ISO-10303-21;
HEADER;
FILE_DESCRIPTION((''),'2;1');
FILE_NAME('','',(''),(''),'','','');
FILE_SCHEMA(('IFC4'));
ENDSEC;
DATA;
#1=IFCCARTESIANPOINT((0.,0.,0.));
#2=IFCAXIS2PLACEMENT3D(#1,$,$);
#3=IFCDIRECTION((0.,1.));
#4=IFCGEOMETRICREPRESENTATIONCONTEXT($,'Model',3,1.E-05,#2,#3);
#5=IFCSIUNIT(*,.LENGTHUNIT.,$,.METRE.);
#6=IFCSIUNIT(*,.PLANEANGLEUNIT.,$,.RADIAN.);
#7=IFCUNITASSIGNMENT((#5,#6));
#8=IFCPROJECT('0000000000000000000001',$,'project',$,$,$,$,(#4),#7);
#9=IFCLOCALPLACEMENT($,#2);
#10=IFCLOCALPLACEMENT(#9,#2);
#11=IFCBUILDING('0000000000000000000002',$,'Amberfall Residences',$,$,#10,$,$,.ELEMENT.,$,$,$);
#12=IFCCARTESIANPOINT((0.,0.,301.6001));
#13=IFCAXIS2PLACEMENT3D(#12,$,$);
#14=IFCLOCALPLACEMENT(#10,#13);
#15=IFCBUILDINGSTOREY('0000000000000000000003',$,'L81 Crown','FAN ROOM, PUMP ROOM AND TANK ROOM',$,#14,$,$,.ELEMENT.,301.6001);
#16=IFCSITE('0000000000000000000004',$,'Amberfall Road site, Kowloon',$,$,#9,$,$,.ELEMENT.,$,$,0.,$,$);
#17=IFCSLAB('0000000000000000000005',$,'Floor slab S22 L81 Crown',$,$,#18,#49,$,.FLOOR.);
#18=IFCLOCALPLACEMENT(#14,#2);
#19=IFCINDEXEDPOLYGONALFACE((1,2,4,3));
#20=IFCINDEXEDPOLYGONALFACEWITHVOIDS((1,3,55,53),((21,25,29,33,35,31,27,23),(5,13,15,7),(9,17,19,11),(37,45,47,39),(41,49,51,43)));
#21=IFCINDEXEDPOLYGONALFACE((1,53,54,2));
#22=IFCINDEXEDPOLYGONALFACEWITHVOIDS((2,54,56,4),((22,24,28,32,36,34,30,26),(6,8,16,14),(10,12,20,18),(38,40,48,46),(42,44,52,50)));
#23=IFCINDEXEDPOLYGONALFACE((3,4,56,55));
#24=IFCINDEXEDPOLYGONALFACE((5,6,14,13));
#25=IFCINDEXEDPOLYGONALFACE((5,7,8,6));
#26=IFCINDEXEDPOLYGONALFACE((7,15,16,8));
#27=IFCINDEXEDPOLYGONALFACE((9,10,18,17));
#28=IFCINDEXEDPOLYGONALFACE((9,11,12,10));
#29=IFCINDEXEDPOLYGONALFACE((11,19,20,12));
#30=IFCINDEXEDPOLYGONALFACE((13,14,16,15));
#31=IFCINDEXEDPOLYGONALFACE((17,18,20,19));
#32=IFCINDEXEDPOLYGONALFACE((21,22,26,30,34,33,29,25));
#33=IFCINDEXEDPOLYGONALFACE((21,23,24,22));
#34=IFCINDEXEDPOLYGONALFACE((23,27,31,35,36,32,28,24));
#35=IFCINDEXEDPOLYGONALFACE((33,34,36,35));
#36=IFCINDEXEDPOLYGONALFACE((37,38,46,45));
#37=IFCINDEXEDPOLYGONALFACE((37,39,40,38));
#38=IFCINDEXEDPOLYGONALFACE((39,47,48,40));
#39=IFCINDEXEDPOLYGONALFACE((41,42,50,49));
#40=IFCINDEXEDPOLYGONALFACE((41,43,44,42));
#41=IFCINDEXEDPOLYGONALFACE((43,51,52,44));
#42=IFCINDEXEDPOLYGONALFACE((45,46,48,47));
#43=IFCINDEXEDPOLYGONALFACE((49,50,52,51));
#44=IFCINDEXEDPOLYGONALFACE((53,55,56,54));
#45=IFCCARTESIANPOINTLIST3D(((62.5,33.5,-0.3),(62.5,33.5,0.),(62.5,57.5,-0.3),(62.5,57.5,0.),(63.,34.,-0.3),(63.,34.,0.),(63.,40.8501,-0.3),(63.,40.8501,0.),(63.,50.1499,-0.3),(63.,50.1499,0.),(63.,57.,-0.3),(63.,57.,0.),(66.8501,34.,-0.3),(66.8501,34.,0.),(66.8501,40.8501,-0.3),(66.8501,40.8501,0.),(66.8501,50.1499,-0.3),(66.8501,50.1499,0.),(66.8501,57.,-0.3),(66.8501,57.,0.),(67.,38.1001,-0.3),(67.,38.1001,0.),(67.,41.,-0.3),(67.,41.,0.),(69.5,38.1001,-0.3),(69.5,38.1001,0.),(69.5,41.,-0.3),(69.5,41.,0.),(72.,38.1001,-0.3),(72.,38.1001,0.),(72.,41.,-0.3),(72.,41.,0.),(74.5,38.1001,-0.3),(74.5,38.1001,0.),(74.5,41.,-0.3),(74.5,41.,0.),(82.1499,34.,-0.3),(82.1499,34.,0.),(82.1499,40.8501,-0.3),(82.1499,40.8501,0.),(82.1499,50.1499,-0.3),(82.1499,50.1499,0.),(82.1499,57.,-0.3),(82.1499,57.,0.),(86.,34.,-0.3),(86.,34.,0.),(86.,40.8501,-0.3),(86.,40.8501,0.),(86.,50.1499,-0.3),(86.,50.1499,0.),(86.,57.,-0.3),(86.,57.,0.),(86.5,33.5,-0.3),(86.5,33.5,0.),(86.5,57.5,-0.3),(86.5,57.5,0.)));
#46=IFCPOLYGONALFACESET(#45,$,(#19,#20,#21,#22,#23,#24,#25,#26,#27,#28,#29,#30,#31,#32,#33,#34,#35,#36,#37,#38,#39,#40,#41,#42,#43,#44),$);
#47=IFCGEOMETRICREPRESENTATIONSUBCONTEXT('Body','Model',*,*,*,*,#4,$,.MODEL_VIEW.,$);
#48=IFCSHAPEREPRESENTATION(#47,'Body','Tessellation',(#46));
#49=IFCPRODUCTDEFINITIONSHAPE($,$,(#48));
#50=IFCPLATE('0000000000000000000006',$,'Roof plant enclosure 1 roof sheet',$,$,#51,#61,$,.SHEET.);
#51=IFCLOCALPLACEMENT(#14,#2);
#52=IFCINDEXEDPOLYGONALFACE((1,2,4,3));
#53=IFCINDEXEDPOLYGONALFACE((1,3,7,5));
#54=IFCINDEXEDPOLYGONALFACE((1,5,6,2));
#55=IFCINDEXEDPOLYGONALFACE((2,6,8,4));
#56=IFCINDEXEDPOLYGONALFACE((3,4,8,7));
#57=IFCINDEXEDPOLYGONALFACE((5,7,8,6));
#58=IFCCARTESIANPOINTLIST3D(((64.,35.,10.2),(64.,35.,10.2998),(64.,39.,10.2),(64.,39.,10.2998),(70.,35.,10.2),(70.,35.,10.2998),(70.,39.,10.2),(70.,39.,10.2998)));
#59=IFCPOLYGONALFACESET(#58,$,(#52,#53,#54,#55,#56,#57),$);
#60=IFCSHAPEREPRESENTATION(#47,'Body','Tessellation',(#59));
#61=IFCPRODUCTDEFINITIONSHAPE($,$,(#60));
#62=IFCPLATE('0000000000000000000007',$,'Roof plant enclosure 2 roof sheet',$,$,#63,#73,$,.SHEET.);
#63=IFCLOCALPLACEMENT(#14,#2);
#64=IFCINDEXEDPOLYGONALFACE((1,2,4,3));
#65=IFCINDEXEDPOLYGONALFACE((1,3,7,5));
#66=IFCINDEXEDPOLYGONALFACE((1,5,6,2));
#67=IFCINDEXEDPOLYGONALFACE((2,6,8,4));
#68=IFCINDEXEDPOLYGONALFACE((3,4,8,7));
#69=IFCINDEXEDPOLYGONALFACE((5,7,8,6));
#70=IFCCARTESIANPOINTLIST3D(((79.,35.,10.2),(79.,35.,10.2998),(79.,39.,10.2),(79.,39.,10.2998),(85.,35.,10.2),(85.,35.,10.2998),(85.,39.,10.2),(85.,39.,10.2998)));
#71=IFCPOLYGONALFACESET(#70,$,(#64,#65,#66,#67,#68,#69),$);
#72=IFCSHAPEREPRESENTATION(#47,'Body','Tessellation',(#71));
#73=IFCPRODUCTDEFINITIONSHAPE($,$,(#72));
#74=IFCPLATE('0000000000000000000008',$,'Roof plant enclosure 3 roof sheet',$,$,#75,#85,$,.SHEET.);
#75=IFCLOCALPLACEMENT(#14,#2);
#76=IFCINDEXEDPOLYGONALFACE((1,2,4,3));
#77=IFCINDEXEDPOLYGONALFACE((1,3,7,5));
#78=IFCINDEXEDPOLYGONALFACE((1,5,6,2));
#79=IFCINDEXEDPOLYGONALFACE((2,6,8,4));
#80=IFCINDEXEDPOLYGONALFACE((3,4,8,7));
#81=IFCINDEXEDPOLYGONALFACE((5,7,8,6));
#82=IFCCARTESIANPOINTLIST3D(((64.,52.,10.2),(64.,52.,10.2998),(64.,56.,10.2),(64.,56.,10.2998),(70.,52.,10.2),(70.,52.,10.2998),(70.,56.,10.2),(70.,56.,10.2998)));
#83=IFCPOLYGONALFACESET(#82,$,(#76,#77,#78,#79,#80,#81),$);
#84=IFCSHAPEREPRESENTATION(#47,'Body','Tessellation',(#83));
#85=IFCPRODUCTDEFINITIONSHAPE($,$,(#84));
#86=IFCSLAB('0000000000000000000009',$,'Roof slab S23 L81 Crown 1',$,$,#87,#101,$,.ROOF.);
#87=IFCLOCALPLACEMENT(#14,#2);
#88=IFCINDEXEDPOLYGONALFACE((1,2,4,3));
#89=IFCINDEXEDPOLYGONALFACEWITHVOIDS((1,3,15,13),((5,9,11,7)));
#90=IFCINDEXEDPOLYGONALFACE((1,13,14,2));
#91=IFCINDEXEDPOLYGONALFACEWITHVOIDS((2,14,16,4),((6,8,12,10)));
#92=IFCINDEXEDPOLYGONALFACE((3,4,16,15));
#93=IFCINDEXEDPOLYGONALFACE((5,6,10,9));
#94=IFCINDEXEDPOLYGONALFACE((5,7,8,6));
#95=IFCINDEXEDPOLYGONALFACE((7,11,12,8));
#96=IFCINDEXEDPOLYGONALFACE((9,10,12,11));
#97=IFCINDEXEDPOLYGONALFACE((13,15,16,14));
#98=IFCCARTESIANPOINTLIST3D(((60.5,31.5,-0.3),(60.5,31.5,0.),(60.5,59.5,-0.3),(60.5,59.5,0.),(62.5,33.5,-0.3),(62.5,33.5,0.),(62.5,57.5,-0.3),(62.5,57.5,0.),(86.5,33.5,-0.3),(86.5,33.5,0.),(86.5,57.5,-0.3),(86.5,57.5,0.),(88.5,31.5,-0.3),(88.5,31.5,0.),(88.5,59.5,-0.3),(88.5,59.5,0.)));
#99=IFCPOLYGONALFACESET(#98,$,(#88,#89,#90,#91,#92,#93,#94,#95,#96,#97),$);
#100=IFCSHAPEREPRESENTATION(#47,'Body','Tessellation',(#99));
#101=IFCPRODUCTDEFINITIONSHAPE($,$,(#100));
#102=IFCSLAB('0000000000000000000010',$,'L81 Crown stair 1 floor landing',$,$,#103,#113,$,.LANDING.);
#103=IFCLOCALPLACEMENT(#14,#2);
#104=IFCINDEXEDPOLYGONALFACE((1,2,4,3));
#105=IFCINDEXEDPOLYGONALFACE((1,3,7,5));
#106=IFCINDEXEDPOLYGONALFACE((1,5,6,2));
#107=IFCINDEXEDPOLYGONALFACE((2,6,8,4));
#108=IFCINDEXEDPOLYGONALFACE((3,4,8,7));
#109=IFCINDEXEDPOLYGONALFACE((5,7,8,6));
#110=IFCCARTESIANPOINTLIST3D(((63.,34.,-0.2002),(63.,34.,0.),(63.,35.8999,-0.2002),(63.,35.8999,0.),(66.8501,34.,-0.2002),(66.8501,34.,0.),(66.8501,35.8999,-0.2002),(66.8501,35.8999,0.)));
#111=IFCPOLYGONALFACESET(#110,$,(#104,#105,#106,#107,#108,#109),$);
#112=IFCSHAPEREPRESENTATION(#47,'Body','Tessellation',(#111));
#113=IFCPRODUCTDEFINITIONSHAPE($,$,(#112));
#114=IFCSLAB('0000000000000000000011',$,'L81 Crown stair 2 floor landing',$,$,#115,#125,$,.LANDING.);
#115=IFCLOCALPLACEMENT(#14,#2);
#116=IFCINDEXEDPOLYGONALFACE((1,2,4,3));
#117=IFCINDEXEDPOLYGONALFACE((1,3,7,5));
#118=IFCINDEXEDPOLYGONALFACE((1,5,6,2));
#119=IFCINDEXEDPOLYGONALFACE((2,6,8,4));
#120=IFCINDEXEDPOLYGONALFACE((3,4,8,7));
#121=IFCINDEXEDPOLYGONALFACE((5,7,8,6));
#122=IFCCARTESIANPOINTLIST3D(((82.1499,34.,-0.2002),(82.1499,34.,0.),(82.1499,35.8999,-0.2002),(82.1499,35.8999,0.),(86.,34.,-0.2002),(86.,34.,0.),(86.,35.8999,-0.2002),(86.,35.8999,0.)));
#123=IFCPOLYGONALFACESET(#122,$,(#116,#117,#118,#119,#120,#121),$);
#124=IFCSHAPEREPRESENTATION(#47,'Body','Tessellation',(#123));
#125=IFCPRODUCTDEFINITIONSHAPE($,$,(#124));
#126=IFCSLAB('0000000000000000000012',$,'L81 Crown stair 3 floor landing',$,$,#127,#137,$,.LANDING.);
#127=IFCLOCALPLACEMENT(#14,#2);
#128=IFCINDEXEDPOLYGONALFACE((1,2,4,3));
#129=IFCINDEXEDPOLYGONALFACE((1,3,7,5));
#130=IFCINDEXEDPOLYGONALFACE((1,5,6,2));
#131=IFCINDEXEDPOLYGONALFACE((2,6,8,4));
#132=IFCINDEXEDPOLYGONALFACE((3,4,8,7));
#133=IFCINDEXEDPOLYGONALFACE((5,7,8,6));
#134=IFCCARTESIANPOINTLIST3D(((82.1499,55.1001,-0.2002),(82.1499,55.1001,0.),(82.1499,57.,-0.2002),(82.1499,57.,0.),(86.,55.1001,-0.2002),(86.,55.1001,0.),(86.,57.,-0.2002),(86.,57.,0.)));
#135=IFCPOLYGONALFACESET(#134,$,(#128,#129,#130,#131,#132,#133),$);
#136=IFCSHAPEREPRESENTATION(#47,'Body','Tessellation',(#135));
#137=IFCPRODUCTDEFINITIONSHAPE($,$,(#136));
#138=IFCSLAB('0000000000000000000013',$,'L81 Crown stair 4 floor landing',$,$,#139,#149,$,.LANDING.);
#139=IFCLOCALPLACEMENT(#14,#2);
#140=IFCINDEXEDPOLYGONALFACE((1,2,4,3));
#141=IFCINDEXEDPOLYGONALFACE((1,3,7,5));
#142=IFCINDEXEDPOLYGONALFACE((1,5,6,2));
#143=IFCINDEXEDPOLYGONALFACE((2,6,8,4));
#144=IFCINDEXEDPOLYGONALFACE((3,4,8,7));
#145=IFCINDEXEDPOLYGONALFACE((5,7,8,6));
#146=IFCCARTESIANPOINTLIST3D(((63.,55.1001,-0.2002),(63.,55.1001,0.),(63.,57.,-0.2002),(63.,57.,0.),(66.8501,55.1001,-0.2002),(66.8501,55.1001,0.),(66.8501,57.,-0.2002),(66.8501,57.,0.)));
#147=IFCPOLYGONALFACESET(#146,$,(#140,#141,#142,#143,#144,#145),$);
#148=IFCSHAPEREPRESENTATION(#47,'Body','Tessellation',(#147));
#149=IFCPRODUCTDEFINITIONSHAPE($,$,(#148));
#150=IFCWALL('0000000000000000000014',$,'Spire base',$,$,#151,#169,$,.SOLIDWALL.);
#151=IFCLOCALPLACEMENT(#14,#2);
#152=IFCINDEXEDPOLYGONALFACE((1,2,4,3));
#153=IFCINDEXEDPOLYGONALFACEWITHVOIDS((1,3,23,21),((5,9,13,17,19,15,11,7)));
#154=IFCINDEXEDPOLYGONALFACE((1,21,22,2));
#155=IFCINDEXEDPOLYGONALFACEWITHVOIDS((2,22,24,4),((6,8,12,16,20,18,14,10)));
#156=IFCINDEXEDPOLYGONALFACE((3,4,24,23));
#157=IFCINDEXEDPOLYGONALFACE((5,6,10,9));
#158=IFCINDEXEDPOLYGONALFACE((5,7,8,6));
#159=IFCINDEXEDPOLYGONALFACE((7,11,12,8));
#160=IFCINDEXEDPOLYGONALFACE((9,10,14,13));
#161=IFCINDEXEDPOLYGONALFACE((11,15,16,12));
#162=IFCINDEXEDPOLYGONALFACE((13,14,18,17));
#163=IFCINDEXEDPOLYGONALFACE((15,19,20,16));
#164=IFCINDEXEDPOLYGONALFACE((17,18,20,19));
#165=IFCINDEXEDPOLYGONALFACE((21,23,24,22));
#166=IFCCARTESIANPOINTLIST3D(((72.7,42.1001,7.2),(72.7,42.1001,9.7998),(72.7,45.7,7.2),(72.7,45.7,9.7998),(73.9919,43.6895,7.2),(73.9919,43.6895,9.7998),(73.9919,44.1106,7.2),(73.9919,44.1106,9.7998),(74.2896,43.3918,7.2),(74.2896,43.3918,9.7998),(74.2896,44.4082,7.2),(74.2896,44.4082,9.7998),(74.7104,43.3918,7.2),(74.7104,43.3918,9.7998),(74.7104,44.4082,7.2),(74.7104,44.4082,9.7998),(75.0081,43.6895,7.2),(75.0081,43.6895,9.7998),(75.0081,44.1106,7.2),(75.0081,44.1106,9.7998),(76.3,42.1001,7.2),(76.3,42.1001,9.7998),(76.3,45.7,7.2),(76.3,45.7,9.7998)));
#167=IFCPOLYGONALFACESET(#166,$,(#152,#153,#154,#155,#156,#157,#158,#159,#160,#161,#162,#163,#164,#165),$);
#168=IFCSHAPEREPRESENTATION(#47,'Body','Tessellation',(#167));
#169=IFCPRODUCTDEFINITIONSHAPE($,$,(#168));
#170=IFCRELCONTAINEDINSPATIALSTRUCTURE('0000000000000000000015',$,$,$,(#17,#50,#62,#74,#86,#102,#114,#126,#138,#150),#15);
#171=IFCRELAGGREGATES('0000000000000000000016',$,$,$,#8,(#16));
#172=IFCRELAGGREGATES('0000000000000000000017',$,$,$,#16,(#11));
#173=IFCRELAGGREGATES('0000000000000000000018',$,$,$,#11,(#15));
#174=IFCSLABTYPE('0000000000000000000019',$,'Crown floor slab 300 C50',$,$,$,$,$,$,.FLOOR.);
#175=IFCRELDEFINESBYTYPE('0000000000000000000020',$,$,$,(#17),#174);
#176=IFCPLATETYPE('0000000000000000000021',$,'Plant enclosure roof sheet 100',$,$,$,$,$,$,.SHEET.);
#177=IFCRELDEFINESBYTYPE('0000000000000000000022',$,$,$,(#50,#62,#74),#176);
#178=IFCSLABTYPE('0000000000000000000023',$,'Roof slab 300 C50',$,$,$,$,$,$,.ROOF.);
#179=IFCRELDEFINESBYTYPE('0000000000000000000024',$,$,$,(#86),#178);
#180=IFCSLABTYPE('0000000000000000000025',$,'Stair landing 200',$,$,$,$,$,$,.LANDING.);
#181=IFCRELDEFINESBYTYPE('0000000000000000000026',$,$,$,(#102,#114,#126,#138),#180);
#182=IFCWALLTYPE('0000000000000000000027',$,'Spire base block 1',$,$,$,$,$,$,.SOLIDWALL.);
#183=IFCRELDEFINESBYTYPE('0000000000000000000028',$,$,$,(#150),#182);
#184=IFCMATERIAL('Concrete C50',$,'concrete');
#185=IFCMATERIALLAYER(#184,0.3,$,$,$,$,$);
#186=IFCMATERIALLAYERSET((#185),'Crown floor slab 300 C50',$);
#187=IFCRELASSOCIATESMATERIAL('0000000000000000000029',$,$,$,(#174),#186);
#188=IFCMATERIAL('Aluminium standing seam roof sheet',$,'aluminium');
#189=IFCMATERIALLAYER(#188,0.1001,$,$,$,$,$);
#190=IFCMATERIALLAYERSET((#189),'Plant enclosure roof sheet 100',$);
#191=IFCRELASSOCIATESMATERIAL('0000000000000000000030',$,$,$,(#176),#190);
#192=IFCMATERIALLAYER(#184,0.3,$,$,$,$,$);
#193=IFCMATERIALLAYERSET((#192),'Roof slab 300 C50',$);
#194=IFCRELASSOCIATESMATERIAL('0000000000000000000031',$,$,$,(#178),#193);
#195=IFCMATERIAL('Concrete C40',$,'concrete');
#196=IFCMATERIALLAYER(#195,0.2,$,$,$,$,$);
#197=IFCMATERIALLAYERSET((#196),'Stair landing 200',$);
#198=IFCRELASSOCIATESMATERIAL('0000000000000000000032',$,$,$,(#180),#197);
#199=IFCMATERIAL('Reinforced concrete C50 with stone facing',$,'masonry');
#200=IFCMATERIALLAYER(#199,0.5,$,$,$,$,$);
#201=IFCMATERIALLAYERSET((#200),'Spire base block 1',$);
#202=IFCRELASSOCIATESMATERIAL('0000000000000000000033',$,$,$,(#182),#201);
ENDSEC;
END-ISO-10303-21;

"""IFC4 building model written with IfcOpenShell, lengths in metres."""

from ifc_helpers import new_model, si_unit, direction, frame, origin, place, context, subcontext, project, spatial, polyline, outline, extrude, material, layer, layer_set, type_object, element, save


model = new_model("IFC4")

# Units and contexts
model_context = context("Model", 3, precision=1e-05, world=origin(), true_north=direction((0.0, 1.0)))
body_context = subcontext(model_context, "Body", "Model", "MODEL_VIEW")
ifc_project = project(units=[si_unit("LENGTHUNIT", "METRE"), si_unit("PLANEANGLEUNIT", "RADIAN")], contexts=[model_context])

# Site, building, storey
site_placement = place(None, origin())
site = spatial("IfcSite", under=ifc_project, at=site_placement, Name="Amberfall Road site, Kowloon", CompositionType="ELEMENT", RefElevation=0.0)
building_placement = place(site_placement, origin())
building = spatial("IfcBuilding", under=site, at=building_placement, Name="Amberfall Residences", CompositionType="ELEMENT")
storey_placement = place(building_placement, frame((0.0, 0.0, 301.6001)))
storey = spatial("IfcBuildingStorey", under=building, at=storey_placement, Name="L81 Crown", Description="FAN ROOM, PUMP ROOM AND TANK ROOM", CompositionType="ELEMENT", Elevation=301.6001)

# Slab
ifc_material_1 = material(Name="Concrete C50", Category="concrete")
ifc_layer_1 = layer(ifc_material_1, 0.3)
ifc_layer_set_1 = layer_set([ifc_layer_1], Name="Crown floor slab 300 C50")
slab_type_1 = type_object("IfcSlabType", Name="Crown floor slab 300 C50", PredefinedType="FLOOR", material=ifc_layer_set_1)
slab_1_placement = place(storey_placement, frame((0.0, 0.0, -0.3)))
element("IfcSlab", 1, at=slab_1_placement, inside=storey, type_object=slab_type_1, Name="Floor slab S22 L81 Crown", PredefinedType="FLOOR", context=body_context, shape_type="SweptSolid", body=[
    extrude(outline(polyline([(62.5, 33.5), (62.5, 57.5), (86.5, 57.5), (86.5, 33.5), (62.5, 33.5)]), holes=[polyline([(86.0, 40.8501), (82.1499, 40.8501), (82.1499, 34.0), (86.0, 34.0), (86.0, 40.8501)]), polyline([(86.0, 57.0), (82.1499, 57.0), (82.1499, 50.1499), (86.0, 50.1499), (86.0, 57.0)]), polyline([(69.5, 38.1001), (72.0, 38.1001), (74.5, 38.1001), (74.5, 41.0), (72.0, 41.0), (69.5, 41.0), (67.0, 41.0), (67.0, 38.1001), (69.5, 38.1001)]), polyline([(63.0, 40.8501), (63.0, 34.0), (66.8501, 34.0), (66.8501, 40.8501), (63.0, 40.8501)]), polyline([(66.8501, 57.0), (63.0, 57.0), (63.0, 50.1499), (66.8501, 50.1499), (66.8501, 57.0)])]), origin(), (0.0, 0.0, 1.0), 0.3),
])

# Plates
ifc_material_2 = material(Name="Aluminium standing seam roof sheet", Category="aluminium")
ifc_layer_2 = layer(ifc_material_2, 0.1001)
ifc_layer_set_2 = layer_set([ifc_layer_2], Name="Plant enclosure roof sheet 100")
plate_type = type_object("IfcPlateType", Name="Plant enclosure roof sheet 100", PredefinedType="SHEET", material=ifc_layer_set_2)
plate_1_placement = place(storey_placement, frame((0.0, 0.0, 10.2)))
element("IfcPlate", 2, at=plate_1_placement, inside=storey, type_object=plate_type, Name="Roof plant enclosure 1 roof sheet", PredefinedType="SHEET", context=body_context, shape_type="SweptSolid", body=[
    extrude(outline(polyline([(64.0, 35.0), (70.0, 35.0), (70.0, 39.0), (64.0, 39.0), (64.0, 35.0)])), origin(), (0.0, 0.0, 1.0), 0.0999),
])
plate_2_placement = place(storey_placement, frame((0.0, 0.0, 10.2)))
element("IfcPlate", 3, at=plate_2_placement, inside=storey, type_object=plate_type, Name="Roof plant enclosure 2 roof sheet", PredefinedType="SHEET", context=body_context, shape_type="SweptSolid", body=[
    extrude(outline(polyline([(79.0, 35.0), (85.0, 35.0), (85.0, 39.0), (79.0, 39.0), (79.0, 35.0)])), origin(), (0.0, 0.0, 1.0), 0.0999),
])
plate_3_placement = place(storey_placement, frame((0.0, 0.0, 10.2)))
element("IfcPlate", 4, at=plate_3_placement, inside=storey, type_object=plate_type, Name="Roof plant enclosure 3 roof sheet", PredefinedType="SHEET", context=body_context, shape_type="SweptSolid", body=[
    extrude(outline(polyline([(64.0, 52.0), (70.0, 52.0), (70.0, 56.0), (64.0, 56.0), (64.0, 52.0)])), origin(), (0.0, 0.0, 1.0), 0.0999),
])

# Slabs
ifc_layer_3 = layer(ifc_material_1, 0.3)
ifc_layer_set_3 = layer_set([ifc_layer_3], Name="Roof slab 300 C50")
slab_type_2 = type_object("IfcSlabType", Name="Roof slab 300 C50", PredefinedType="ROOF", material=ifc_layer_set_3)
slab_2_placement = place(storey_placement, frame((0.0, 0.0, -0.3)))
element("IfcSlab", 5, at=slab_2_placement, inside=storey, type_object=slab_type_2, Name="Roof slab S23 L81 Crown 1", PredefinedType="ROOF", context=body_context, shape_type="SweptSolid", body=[
    extrude(outline(polyline([(60.5, 31.5), (60.5, 59.5), (88.5, 59.5), (88.5, 31.5), (60.5, 31.5)]), holes=[polyline([(86.5, 57.5), (62.5, 57.5), (62.5, 33.5), (86.5, 33.5), (86.5, 57.5)])]), origin(), (0.0, 0.0, 1.0), 0.3),
])
ifc_material_3 = material(Name="Concrete C40", Category="concrete")
ifc_layer_4 = layer(ifc_material_3, 0.2)
ifc_layer_set_4 = layer_set([ifc_layer_4], Name="Stair landing 200")
slab_type_3 = type_object("IfcSlabType", Name="Stair landing 200", PredefinedType="LANDING", material=ifc_layer_set_4)
slab_3_placement = place(storey_placement, frame((0.0, 0.0, -0.2002)))
element("IfcSlab", 6, at=slab_3_placement, inside=storey, type_object=slab_type_3, Name="L81 Crown stair 1 floor landing", PredefinedType="LANDING", context=body_context, shape_type="SweptSolid", body=[
    extrude(outline(polyline([(66.8501, 34.0), (66.8501, 35.8999), (63.0, 35.8999), (63.0, 34.0), (66.8501, 34.0)])), origin(), (0.0, 0.0, 1.0), 0.2002),
])
slab_4_placement = place(storey_placement, frame((0.0, 0.0, -0.2002)))
element("IfcSlab", 7, at=slab_4_placement, inside=storey, type_object=slab_type_3, Name="L81 Crown stair 2 floor landing", PredefinedType="LANDING", context=body_context, shape_type="SweptSolid", body=[
    extrude(outline(polyline([(86.0, 34.0), (86.0, 35.8999), (82.1499, 35.8999), (82.1499, 34.0), (86.0, 34.0)])), origin(), (0.0, 0.0, 1.0), 0.2002),
])
slab_5_placement = place(storey_placement, frame((0.0, 0.0, -0.2002)))
element("IfcSlab", 8, at=slab_5_placement, inside=storey, type_object=slab_type_3, Name="L81 Crown stair 3 floor landing", PredefinedType="LANDING", context=body_context, shape_type="SweptSolid", body=[
    extrude(outline(polyline([(82.1499, 57.0), (82.1499, 55.1001), (86.0, 55.1001), (86.0, 57.0), (82.1499, 57.0)])), origin(), (0.0, 0.0, 1.0), 0.2002),
])
slab_6_placement = place(storey_placement, frame((0.0, 0.0, -0.2002)))
element("IfcSlab", 9, at=slab_6_placement, inside=storey, type_object=slab_type_3, Name="L81 Crown stair 4 floor landing", PredefinedType="LANDING", context=body_context, shape_type="SweptSolid", body=[
    extrude(outline(polyline([(63.0, 57.0), (63.0, 55.1001), (66.8501, 55.1001), (66.8501, 57.0), (63.0, 57.0)])), origin(), (0.0, 0.0, 1.0), 0.2002),
])

# Wall
ifc_material_4 = material(Name="Reinforced concrete C50 with stone facing", Category="masonry")
ifc_layer_5 = layer(ifc_material_4, 0.5)
ifc_layer_set_5 = layer_set([ifc_layer_5], Name="Spire base block 1")
wall_type_1 = type_object("IfcWallType", Name="Spire base block 1", PredefinedType="SOLIDWALL", material=ifc_layer_set_5)
wall_1_placement = place(storey_placement, frame((0.0, 0.0, 7.2)))
element("IfcWall", 10, at=wall_1_placement, inside=storey, type_object=wall_type_1, Name="Spire base", PredefinedType="SOLIDWALL", context=body_context, shape_type="SweptSolid", body=[
    extrude(outline(polyline([(72.7, 42.1001), (76.3, 42.1001), (76.3, 45.7), (72.7, 45.7), (72.7, 42.1001)]), holes=[polyline([(75.0081, 44.1106), (74.7104, 44.4082), (74.2896, 44.4082), (73.9919, 44.1106), (73.9919, 43.6895), (74.2896, 43.3918), (74.7104, 43.3918), (75.0081, 43.6895), (75.0081, 44.1106)])]), origin(), (0.0, 0.0, 1.0), 2.5999),
])

save(model, "model.ifc")
